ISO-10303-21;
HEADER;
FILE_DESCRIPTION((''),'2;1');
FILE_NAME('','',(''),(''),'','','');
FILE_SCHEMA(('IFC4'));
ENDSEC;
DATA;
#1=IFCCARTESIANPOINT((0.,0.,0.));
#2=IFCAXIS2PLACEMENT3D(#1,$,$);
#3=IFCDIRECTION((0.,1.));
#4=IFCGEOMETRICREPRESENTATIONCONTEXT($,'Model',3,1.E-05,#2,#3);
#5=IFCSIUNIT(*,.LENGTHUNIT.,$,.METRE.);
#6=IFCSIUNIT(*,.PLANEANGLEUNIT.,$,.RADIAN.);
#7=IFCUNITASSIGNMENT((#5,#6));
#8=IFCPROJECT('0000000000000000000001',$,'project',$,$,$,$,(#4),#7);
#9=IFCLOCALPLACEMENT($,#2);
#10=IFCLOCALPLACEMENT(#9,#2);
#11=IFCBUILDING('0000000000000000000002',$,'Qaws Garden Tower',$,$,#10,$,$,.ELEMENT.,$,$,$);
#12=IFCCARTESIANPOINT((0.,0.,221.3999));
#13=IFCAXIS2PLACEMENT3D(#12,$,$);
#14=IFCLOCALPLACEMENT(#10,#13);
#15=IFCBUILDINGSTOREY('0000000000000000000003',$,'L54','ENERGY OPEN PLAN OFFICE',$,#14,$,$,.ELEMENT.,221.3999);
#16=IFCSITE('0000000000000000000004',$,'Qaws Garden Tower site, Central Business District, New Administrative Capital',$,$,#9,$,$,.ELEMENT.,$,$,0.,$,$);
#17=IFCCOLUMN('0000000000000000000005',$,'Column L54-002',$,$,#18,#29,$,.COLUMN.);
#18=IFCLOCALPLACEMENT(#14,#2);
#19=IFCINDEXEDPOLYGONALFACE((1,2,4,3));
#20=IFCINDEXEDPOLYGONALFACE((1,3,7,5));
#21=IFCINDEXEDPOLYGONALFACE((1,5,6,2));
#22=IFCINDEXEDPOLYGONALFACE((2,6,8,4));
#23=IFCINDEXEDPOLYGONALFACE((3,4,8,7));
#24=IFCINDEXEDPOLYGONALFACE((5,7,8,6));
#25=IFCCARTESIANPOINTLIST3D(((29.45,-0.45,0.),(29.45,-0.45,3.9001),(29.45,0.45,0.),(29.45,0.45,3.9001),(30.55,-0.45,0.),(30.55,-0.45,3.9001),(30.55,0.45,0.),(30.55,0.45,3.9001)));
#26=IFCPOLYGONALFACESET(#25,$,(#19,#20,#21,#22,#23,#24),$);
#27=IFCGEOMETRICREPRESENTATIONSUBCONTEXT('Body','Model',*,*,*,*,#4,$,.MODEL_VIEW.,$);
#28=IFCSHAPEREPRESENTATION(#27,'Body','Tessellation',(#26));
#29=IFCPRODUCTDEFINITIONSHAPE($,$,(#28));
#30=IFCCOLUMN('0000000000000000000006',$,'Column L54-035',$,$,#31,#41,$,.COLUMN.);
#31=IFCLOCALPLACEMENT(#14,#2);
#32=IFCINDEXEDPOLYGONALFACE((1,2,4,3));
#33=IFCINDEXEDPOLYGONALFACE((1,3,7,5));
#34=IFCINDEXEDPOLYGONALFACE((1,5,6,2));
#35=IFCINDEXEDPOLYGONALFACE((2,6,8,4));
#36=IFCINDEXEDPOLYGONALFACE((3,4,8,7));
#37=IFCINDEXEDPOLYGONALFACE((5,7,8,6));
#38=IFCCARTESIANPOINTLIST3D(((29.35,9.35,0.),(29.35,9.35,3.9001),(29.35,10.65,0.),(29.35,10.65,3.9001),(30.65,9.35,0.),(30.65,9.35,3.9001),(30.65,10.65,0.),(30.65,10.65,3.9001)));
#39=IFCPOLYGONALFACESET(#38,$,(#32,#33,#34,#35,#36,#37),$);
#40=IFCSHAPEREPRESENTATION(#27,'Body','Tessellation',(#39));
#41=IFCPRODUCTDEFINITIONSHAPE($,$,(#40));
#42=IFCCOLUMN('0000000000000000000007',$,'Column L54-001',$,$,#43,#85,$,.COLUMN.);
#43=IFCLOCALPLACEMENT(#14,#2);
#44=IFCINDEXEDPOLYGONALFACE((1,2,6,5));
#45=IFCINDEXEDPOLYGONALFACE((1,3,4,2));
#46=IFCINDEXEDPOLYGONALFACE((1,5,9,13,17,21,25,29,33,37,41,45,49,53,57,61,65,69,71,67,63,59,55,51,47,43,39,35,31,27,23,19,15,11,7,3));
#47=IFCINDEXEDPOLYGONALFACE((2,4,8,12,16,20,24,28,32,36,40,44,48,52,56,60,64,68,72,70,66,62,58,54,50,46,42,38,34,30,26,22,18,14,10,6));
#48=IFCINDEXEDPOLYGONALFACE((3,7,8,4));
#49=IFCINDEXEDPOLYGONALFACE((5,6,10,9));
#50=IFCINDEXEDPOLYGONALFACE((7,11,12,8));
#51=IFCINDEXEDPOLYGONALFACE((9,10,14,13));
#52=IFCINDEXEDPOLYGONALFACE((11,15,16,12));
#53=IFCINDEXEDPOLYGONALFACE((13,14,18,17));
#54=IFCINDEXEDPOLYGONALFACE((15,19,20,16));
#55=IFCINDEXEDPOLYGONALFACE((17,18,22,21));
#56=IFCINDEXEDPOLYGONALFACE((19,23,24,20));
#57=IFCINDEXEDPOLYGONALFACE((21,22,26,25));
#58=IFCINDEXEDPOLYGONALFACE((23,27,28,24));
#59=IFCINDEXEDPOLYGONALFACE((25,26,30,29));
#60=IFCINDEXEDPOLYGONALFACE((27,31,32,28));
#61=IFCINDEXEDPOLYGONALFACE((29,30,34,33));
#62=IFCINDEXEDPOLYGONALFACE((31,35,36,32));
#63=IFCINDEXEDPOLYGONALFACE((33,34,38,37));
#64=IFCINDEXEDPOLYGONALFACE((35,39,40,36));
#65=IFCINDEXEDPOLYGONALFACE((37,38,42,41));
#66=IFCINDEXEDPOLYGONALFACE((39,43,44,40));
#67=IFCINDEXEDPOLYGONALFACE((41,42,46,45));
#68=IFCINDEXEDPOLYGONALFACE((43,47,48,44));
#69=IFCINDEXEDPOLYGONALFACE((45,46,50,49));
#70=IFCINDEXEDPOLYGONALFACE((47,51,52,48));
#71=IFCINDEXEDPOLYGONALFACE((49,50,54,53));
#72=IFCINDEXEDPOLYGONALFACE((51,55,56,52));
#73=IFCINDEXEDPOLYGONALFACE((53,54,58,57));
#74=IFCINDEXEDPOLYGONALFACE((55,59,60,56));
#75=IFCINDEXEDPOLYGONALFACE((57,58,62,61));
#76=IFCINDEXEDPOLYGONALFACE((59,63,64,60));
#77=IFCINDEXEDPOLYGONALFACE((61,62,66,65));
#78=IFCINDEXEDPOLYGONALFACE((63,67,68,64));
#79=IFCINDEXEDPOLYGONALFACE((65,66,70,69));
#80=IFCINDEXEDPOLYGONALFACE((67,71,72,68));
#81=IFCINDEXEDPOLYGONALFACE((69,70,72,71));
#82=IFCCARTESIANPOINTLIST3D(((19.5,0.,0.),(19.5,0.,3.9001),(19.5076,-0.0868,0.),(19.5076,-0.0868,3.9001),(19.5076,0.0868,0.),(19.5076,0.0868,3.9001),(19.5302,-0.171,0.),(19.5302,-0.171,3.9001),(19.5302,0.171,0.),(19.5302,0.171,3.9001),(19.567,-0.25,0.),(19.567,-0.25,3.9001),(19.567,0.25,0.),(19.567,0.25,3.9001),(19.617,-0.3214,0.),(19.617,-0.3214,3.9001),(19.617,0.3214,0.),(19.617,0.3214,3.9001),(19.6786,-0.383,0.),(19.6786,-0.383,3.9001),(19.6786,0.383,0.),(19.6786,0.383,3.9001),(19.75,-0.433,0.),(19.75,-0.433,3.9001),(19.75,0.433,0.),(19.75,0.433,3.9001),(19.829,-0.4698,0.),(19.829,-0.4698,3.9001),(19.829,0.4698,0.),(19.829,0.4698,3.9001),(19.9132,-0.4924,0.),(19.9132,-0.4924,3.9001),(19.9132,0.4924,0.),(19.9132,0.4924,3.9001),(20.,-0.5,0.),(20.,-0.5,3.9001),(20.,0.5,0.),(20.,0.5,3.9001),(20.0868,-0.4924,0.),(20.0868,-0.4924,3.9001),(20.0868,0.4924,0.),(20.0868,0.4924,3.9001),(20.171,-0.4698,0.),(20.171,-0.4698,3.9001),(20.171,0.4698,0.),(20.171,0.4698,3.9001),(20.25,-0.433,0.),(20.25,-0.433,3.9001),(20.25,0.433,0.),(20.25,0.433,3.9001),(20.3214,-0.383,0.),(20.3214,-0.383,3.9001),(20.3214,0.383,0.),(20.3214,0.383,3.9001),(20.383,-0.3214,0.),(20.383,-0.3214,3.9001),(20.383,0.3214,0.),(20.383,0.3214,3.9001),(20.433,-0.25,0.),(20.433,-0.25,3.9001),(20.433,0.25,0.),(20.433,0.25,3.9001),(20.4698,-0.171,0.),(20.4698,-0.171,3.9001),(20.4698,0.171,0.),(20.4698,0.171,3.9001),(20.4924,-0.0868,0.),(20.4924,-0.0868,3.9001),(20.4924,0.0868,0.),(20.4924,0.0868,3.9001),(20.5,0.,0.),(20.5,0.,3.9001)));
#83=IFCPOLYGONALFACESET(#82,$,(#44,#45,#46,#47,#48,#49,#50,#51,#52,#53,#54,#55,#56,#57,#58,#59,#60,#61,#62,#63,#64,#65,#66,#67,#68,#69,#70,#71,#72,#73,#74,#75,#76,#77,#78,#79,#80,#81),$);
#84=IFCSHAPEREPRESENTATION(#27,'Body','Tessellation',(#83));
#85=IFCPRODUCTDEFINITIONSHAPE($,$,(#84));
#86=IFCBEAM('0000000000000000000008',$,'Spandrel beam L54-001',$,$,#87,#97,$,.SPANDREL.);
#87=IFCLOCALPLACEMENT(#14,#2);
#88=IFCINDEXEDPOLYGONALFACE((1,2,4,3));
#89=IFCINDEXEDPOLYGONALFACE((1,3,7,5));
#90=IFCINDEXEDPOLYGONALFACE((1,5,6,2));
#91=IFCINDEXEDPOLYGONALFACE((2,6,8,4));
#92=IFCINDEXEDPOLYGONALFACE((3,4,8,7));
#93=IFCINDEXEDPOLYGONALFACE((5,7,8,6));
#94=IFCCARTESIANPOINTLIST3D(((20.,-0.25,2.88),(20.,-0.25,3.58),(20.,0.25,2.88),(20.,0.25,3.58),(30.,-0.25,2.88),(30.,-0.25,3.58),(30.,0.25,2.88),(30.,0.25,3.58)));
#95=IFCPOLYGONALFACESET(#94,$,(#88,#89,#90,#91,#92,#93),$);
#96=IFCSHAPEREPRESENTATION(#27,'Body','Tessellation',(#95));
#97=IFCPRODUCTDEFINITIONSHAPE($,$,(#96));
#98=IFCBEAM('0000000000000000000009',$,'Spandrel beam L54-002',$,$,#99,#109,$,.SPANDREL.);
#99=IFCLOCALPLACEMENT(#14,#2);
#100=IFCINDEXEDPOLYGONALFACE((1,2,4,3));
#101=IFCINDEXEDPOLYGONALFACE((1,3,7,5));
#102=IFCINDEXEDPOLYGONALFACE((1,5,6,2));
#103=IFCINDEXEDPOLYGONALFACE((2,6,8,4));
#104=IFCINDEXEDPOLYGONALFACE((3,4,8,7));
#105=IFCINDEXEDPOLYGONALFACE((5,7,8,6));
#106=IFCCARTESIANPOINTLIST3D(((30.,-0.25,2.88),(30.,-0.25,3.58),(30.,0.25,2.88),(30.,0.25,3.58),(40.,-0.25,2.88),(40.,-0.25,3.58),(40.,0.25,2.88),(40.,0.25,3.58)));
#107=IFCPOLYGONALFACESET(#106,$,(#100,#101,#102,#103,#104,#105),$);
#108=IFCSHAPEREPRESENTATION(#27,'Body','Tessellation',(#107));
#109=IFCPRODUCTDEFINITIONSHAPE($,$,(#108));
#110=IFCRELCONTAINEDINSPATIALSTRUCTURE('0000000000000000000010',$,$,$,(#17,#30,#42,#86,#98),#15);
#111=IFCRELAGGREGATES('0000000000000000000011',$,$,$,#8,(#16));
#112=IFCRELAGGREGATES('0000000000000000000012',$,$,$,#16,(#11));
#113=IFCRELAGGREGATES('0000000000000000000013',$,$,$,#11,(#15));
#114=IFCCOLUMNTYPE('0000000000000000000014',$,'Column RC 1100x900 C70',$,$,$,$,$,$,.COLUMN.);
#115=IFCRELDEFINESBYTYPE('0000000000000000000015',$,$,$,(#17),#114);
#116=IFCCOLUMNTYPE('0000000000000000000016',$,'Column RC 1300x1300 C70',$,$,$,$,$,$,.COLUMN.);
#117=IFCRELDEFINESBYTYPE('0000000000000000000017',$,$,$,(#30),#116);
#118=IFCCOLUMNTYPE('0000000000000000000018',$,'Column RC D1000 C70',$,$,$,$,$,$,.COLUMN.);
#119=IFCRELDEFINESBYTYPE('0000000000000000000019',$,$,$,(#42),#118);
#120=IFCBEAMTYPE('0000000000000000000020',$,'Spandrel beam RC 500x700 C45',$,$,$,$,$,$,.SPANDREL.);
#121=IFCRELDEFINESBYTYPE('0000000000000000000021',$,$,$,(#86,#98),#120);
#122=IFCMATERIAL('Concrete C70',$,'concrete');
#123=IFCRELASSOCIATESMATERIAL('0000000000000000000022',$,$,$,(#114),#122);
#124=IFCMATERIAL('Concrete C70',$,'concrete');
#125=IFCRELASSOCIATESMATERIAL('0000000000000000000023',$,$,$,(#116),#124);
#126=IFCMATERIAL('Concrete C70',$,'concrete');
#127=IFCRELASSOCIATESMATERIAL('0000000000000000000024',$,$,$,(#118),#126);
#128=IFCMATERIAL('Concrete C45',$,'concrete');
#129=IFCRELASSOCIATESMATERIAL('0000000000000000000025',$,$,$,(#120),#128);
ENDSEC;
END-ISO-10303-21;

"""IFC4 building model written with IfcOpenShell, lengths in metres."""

from ifc_helpers import new_model, si_unit, direction, frame, origin, origin_2d, place, context, subcontext, project, spatial, rectangle, circle, extrude, material, material_profile, profile_set, type_object, element, save


model = new_model("IFC4")

# Units and contexts
model_context = context("Model", 3, precision=1e-05, world=origin(), true_north=direction((0.0, 1.0)))
body_context = subcontext(model_context, "Body", "Model", "MODEL_VIEW")
ifc_project = project(units=[si_unit("LENGTHUNIT", "METRE"), si_unit("PLANEANGLEUNIT", "RADIAN")], contexts=[model_context])

# Site, building, storey
site_placement = place(None, origin())
site = spatial("IfcSite", under=ifc_project, at=site_placement, Name="Qaws Garden Tower site, Central Business District, New Administrative Capital", CompositionType="ELEMENT", RefElevation=0.0)
building_placement = place(site_placement, origin())
building = spatial("IfcBuilding", under=site, at=building_placement, Name="Qaws Garden Tower", CompositionType="ELEMENT")
storey_placement = place(building_placement, frame((0.0, 0.0, 221.3999)))
storey = spatial("IfcBuildingStorey", under=building, at=storey_placement, Name="L54", Description="ENERGY OPEN PLAN OFFICE", CompositionType="ELEMENT", Elevation=221.3999)

# Columns
ifc_material_1 = material(Name="Concrete C70", Category="concrete")
ifc_material_profile_1 = material_profile(ifc_material_1, rectangle(XDim=1.1001, YDim=0.8999, at=origin_2d()), Name="RC 1100x900")
ifc_profile_set_1 = profile_set([ifc_material_profile_1], Name="Concrete C70")
column_type_1 = type_object("IfcColumnType", Name="Column RC 1100x900 C70", PredefinedType="COLUMN", material=ifc_profile_set_1)
column_1_placement = place(storey_placement, frame((30.0, 0.0, 0.0), z_axis=(0.0, 0.0, 1.0), x_axis=(1.0, 0.0, 0.0)))
element("IfcColumn", 1, at=column_1_placement, inside=storey, type_object=column_type_1, Name="Column L54-002", PredefinedType="COLUMN", context=body_context, shape_type="SweptSolid", body=[
    extrude(rectangle(XDim=1.1001, YDim=0.8999, at=origin_2d()), origin(), (0.0, 0.0, 1.0), 3.9001),
])
ifc_material_2 = material(Name="Concrete C70", Category="concrete")
ifc_material_profile_2 = material_profile(ifc_material_2, rectangle(XDim=1.3, YDim=1.3, at=origin_2d()), Name="RC 1300x1300")
ifc_profile_set_2 = profile_set([ifc_material_profile_2], Name="Concrete C70")
column_type_2 = type_object("IfcColumnType", Name="Column RC 1300x1300 C70", PredefinedType="COLUMN", material=ifc_profile_set_2)
column_2_placement = place(storey_placement, frame((30.0, 10.0, 0.0), z_axis=(0.0, 0.0, 1.0), x_axis=(1.0, 0.0, 0.0)))
element("IfcColumn", 2, at=column_2_placement, inside=storey, type_object=column_type_2, Name="Column L54-035", PredefinedType="COLUMN", context=body_context, shape_type="SweptSolid", body=[
    extrude(rectangle(XDim=1.3, YDim=1.3, at=origin_2d()), origin(), (0.0, 0.0, 1.0), 3.9001),
])
ifc_material_3 = material(Name="Concrete C70", Category="concrete")
ifc_material_profile_3 = material_profile(ifc_material_3, circle(Radius=0.5, at=origin_2d()), Name="RC D1000")
ifc_profile_set_3 = profile_set([ifc_material_profile_3], Name="Concrete C70")
column_type_3 = type_object("IfcColumnType", Name="Column RC D1000 C70", PredefinedType="COLUMN", material=ifc_profile_set_3)
column_3_placement = place(storey_placement, frame((20.0, 0.0, 0.0), z_axis=(0.0, 0.0, 1.0), x_axis=(1.0, 0.0, 0.0)))
element("IfcColumn", 3, at=column_3_placement, inside=storey, type_object=column_type_3, Name="Column L54-001", PredefinedType="COLUMN", context=body_context, shape_type="SweptSolid", body=[
    extrude(circle(Radius=0.5, at=origin_2d()), origin(), (0.0, 0.0, 1.0), 3.9001),
])

# Beams
ifc_material_4 = material(Name="Concrete C45", Category="concrete")
ifc_material_profile_4 = material_profile(ifc_material_4, rectangle(XDim=0.5, YDim=0.7, at=origin_2d()), Name="RC 500x700")
ifc_profile_set_4 = profile_set([ifc_material_profile_4], Name="Concrete C45")
beam_type = type_object("IfcBeamType", Name="Spandrel beam RC 500x700 C45", PredefinedType="SPANDREL", material=ifc_profile_set_4)
for number, where, z_axis, x_axis, name in (
    (4, (20.0, 0.0, 3.23), (1.0, 0.0, 0.0), (0.0, 1.0, 0.0), "Spandrel beam L54-001"),
    (5, (30.0, 0.0, 3.23), (1.0, 0.0, 0.0), (0.0, 1.0, 0.0), "Spandrel beam L54-002"),
):
    element("IfcBeam", number, at=place(storey_placement, frame(where, z_axis=z_axis, x_axis=x_axis)), inside=storey, type_object=beam_type, Name=name, PredefinedType="SPANDREL", context=body_context, shape_type="SweptSolid", body=[
        extrude(rectangle(XDim=0.5, YDim=0.7, at=origin_2d()), origin(), (0.0, 0.0, 1.0), 10.0),
    ])

save(model, "model.ifc")
